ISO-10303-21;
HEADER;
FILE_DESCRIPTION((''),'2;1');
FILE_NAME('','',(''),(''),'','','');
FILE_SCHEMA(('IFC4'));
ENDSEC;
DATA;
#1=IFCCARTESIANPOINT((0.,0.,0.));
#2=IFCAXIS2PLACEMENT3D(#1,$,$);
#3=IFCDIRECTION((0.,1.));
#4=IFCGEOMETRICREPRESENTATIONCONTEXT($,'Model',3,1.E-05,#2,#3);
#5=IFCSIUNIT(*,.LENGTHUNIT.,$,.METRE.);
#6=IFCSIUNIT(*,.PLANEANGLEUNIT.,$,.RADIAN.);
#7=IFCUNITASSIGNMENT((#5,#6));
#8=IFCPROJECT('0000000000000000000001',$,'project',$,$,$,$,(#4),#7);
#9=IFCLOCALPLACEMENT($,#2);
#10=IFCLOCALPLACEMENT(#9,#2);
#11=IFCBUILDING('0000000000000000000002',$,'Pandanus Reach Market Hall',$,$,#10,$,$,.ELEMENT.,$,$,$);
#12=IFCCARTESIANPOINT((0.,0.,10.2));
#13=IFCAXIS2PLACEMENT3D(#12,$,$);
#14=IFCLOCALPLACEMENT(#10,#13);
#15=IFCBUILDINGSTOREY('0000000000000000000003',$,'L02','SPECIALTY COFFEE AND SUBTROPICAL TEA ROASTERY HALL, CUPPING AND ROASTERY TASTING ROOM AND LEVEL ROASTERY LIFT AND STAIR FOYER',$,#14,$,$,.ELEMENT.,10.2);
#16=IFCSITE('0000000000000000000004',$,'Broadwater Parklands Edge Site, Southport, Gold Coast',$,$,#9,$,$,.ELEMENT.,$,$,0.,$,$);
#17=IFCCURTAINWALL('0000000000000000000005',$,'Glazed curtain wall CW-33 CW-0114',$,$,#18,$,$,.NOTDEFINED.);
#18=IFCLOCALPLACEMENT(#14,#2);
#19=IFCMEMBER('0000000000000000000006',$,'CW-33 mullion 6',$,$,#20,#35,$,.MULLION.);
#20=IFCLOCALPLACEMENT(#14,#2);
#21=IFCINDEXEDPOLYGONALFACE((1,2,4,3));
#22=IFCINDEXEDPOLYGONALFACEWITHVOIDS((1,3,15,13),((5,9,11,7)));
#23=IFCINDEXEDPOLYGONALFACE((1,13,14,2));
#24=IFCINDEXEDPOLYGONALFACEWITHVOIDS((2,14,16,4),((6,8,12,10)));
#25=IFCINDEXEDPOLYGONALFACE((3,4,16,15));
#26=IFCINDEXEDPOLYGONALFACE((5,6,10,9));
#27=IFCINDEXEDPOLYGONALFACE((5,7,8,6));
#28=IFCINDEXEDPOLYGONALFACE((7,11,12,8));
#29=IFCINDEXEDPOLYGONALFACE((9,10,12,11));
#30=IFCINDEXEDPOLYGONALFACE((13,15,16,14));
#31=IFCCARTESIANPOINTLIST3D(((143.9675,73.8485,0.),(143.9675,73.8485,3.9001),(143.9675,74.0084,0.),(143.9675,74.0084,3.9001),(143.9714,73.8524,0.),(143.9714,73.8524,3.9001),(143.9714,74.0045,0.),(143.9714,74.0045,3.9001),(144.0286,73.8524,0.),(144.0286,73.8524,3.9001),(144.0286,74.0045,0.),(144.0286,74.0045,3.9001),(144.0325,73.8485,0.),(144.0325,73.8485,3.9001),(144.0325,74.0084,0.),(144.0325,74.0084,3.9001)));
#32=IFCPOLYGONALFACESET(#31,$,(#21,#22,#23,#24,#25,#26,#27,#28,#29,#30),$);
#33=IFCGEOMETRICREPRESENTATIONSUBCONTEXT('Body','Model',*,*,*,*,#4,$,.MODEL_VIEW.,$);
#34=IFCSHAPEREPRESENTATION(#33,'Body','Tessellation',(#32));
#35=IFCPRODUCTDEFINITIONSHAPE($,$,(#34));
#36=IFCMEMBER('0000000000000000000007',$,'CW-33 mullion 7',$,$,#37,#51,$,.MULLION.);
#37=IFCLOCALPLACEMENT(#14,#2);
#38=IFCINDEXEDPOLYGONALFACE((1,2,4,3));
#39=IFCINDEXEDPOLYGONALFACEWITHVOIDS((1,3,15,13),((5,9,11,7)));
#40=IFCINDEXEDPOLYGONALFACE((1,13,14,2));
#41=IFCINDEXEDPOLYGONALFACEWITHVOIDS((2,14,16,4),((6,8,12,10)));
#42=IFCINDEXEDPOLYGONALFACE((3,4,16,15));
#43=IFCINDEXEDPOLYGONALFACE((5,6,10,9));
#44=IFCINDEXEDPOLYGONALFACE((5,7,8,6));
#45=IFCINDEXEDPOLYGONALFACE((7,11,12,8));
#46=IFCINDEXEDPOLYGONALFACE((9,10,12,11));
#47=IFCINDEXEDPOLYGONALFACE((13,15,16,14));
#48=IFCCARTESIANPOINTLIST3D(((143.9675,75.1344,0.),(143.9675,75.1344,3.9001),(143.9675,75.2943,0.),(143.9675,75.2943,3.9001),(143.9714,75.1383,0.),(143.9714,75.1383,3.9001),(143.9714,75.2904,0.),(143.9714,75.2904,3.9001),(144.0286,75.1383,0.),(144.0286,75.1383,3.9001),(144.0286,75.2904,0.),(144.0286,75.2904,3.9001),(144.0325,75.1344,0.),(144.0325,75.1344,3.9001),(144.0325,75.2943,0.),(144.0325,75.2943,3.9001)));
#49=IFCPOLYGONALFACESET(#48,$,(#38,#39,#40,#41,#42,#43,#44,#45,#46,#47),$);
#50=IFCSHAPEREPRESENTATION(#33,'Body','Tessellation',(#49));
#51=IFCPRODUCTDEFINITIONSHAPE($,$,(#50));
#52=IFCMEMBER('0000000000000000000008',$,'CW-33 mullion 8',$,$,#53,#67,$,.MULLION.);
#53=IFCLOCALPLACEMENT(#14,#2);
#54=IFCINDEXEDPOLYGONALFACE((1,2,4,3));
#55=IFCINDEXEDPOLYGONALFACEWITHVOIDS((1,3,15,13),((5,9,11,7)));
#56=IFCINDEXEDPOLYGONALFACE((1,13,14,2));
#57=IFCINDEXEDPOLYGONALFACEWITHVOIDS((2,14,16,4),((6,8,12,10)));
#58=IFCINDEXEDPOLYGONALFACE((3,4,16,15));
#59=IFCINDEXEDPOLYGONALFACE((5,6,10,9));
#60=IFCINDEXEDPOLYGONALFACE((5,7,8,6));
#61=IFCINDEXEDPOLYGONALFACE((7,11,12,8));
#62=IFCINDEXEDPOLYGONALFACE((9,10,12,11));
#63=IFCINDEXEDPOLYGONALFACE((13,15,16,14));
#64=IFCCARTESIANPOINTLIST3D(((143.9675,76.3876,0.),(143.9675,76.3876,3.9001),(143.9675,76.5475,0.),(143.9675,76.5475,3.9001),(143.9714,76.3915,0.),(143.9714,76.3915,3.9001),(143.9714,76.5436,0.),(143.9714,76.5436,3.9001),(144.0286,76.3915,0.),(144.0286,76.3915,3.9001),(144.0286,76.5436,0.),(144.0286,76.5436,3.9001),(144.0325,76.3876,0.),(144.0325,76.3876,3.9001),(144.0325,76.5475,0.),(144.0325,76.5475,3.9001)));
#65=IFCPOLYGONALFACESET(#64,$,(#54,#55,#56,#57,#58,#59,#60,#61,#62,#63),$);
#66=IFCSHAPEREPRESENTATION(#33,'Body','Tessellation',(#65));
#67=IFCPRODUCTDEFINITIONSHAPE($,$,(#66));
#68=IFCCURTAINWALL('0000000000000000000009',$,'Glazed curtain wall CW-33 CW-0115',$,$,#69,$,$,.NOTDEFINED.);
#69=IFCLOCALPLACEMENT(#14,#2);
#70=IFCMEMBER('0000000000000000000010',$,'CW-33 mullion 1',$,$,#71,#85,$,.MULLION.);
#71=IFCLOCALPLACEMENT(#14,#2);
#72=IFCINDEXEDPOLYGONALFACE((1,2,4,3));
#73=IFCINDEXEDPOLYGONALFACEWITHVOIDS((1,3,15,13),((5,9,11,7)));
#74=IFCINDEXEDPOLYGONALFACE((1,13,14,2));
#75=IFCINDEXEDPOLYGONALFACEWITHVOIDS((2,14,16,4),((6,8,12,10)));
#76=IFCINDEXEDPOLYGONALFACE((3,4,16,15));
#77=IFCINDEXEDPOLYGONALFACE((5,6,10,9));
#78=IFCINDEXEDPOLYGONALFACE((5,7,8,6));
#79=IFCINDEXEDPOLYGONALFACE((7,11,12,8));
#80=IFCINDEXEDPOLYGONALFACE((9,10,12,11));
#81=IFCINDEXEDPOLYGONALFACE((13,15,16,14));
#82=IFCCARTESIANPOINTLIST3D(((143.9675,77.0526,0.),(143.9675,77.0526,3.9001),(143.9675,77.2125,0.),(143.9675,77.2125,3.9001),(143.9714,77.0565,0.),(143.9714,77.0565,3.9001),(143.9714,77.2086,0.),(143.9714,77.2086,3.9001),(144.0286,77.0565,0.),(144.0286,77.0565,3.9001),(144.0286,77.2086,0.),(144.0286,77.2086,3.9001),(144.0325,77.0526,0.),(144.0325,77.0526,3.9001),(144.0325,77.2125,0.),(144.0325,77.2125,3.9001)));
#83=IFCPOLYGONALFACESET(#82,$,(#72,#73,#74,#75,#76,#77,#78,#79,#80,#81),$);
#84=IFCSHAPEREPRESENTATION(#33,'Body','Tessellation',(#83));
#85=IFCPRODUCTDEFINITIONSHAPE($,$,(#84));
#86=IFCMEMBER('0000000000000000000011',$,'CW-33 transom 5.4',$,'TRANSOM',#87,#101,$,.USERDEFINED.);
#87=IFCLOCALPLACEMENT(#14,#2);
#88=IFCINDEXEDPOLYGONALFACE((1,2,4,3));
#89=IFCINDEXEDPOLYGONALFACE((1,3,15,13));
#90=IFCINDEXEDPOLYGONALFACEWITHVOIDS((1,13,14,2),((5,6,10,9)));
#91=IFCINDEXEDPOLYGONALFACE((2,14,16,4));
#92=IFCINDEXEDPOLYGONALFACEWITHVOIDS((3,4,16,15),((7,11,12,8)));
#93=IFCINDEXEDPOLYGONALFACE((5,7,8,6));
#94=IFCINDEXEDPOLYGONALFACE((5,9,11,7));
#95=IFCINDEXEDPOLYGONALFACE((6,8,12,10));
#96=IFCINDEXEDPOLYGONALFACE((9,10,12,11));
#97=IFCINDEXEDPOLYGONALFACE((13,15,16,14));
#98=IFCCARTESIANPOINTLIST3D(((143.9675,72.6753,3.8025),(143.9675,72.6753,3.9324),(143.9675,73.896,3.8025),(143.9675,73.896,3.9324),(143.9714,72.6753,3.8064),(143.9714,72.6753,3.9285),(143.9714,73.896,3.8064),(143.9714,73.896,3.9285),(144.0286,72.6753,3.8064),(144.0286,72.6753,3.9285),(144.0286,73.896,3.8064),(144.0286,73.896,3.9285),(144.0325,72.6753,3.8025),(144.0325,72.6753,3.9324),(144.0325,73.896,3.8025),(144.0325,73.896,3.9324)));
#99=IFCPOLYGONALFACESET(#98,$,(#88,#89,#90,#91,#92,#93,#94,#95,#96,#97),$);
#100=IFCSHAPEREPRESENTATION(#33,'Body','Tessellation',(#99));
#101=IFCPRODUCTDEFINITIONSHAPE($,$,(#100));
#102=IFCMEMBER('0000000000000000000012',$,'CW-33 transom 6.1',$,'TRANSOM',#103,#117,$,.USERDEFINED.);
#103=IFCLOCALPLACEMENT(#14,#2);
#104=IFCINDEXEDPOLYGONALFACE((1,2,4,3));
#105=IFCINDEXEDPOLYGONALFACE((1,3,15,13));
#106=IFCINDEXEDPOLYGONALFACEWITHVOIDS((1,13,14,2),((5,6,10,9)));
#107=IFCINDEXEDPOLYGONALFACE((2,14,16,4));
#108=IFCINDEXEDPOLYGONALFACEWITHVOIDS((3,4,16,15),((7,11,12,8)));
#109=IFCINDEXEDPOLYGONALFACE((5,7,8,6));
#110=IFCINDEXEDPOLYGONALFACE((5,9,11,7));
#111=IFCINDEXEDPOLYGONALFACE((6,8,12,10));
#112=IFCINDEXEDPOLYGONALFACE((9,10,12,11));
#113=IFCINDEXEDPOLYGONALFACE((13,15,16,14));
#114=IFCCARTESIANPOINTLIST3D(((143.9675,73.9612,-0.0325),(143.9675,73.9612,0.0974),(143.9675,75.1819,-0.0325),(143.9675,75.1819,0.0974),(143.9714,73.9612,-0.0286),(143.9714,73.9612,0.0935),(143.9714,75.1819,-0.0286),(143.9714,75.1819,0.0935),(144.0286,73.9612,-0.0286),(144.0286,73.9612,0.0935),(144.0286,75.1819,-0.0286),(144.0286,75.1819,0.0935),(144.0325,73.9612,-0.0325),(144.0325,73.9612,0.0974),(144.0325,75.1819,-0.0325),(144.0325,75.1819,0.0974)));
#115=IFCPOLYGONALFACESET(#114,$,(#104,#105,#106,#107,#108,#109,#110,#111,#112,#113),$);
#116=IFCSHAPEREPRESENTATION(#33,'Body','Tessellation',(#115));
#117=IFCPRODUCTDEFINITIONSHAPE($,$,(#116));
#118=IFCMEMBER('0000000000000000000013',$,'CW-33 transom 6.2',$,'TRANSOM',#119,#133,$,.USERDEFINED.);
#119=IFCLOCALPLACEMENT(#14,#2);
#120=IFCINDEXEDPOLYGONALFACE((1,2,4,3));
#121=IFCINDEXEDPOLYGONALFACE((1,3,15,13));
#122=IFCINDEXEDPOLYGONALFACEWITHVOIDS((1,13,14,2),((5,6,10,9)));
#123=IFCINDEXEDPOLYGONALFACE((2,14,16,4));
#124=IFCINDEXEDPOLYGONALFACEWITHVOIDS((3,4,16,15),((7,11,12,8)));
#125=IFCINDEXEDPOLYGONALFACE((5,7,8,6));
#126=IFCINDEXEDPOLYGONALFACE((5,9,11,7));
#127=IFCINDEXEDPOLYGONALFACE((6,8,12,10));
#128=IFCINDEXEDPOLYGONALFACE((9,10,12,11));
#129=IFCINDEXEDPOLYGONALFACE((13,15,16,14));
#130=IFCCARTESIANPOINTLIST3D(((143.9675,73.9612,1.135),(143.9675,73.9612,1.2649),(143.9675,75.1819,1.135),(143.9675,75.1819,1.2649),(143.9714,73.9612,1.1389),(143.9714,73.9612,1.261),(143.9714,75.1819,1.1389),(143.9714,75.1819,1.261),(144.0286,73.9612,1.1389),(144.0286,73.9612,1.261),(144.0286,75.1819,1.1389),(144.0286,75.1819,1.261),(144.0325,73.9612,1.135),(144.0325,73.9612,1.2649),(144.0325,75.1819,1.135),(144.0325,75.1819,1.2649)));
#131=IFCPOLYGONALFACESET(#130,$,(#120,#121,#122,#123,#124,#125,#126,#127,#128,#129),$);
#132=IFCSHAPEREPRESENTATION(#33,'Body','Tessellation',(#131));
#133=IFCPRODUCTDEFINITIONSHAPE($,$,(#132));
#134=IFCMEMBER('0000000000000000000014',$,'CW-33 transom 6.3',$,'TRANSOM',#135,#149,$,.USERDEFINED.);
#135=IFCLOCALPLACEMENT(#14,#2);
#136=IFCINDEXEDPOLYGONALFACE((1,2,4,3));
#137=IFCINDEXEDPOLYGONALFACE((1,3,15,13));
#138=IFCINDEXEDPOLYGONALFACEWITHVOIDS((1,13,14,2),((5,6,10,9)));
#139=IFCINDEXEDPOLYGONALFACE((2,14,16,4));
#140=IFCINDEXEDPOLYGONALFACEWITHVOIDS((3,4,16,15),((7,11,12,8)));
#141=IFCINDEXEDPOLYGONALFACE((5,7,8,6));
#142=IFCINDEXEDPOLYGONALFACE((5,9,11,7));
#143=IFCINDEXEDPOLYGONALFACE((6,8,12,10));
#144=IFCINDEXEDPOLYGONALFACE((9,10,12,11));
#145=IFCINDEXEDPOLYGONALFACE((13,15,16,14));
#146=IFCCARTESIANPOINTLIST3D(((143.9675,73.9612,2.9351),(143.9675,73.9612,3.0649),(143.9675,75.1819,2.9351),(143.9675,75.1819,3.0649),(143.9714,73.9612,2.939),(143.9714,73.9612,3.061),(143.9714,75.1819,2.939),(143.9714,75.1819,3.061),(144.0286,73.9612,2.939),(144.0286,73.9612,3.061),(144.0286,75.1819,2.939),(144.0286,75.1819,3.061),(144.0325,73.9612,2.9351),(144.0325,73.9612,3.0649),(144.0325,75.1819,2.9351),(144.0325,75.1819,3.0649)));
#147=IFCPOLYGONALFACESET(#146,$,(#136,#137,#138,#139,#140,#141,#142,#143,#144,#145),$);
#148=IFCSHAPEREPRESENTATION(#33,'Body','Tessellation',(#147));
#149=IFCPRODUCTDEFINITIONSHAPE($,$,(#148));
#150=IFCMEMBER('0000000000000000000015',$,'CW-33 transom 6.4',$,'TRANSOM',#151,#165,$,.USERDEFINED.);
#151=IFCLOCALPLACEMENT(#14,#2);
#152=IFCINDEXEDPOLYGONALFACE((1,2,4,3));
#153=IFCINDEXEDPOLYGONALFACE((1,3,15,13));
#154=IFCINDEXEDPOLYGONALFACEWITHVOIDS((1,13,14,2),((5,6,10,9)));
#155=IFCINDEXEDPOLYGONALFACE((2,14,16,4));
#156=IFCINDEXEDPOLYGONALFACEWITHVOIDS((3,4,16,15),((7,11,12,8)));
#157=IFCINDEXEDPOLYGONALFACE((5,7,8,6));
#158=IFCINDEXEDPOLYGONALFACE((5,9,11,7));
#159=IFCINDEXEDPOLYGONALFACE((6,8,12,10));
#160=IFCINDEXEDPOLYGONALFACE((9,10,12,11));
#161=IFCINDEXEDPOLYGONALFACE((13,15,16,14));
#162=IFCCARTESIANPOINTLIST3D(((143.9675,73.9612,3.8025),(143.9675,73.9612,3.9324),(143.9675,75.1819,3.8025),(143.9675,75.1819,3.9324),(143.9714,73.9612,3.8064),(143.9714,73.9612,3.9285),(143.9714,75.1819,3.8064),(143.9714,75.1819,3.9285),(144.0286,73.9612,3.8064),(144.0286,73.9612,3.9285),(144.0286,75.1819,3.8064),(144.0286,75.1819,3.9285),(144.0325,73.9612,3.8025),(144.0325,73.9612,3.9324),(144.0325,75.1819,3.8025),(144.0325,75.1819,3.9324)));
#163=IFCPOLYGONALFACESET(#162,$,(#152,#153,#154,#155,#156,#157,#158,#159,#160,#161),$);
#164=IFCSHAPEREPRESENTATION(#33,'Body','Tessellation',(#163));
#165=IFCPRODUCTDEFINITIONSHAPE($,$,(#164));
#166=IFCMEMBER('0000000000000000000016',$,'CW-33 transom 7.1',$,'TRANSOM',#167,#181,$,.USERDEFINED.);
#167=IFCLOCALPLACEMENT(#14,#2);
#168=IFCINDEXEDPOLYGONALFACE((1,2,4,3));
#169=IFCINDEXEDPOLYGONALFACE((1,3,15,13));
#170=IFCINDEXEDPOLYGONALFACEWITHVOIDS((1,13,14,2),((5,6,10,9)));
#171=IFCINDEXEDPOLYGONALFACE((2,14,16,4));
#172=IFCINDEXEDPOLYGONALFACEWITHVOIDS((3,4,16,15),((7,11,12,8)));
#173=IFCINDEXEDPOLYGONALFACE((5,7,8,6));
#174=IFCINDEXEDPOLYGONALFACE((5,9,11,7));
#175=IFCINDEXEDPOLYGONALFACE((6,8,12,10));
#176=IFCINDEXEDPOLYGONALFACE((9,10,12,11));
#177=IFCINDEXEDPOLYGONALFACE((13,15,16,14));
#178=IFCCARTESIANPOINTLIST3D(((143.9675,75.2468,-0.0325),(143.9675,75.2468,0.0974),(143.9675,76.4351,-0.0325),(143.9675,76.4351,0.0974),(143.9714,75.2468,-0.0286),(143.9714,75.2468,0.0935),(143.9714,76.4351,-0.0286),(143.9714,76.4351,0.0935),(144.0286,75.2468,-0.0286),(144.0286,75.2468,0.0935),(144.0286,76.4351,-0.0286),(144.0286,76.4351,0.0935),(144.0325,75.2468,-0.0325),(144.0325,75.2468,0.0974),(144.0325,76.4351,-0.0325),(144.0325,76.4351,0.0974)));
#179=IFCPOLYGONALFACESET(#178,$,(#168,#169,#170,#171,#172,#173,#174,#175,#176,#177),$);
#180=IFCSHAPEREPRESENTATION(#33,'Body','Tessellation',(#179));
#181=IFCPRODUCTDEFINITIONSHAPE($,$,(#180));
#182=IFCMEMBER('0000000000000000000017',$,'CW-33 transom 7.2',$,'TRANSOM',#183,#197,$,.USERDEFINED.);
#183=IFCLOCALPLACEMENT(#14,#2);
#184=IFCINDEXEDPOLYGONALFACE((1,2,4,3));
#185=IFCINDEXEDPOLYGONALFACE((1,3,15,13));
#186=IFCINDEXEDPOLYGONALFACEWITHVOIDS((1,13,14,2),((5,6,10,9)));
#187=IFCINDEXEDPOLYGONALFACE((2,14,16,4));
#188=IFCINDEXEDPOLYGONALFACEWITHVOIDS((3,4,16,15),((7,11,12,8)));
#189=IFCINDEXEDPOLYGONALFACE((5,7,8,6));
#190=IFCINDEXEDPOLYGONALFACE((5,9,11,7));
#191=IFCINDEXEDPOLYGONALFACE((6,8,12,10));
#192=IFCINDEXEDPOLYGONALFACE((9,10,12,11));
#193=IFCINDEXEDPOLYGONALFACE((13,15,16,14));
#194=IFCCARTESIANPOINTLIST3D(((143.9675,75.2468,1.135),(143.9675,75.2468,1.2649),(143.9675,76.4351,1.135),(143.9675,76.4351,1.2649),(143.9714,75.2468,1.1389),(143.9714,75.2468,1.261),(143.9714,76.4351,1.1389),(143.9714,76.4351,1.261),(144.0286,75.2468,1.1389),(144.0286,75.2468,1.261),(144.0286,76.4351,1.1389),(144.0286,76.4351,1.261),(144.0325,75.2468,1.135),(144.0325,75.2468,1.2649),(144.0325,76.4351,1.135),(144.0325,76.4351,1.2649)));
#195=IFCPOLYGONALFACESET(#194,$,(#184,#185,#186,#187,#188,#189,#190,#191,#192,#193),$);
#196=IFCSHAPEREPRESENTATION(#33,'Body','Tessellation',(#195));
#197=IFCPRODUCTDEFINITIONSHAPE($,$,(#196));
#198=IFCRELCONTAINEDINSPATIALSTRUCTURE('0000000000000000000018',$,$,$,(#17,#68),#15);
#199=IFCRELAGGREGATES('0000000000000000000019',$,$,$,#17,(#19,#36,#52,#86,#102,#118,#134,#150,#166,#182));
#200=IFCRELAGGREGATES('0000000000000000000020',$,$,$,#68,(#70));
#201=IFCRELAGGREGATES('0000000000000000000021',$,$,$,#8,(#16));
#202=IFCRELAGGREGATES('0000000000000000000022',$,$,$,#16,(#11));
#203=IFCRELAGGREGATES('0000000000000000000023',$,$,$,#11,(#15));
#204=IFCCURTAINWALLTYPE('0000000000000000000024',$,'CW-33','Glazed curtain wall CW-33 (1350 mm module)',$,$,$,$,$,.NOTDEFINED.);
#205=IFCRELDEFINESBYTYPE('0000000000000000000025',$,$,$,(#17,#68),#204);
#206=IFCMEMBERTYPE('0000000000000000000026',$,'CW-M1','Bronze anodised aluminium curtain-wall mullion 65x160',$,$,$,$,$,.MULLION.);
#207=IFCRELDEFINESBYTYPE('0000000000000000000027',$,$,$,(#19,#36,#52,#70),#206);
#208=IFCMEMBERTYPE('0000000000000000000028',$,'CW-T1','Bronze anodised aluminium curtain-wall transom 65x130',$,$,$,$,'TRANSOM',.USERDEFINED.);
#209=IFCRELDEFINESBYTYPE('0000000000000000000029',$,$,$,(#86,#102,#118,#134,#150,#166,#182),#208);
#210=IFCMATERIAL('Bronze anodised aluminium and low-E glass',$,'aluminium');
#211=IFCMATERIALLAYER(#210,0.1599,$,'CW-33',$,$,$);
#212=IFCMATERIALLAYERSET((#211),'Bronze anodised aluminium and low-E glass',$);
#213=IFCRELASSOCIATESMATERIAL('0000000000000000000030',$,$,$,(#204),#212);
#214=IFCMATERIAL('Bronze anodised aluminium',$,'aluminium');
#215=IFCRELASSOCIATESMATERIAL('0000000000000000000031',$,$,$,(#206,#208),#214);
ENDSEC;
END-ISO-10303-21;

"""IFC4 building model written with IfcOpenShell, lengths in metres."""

from ifc_helpers import new_model, si_unit, direction, frame, origin, origin_2d, place, context, subcontext, project, spatial, hollow_rectangle, extrude, material, layer, layer_set, material_profile, profile_set, type_object, element, aggregate, save


model = new_model("IFC4")

# Units and contexts
model_context = context("Model", 3, precision=1e-05, world=origin(), true_north=direction((0.0, 1.0)))
body_context = subcontext(model_context, "Body", "Model", "MODEL_VIEW")
ifc_project = project(units=[si_unit("LENGTHUNIT", "METRE"), si_unit("PLANEANGLEUNIT", "RADIAN")], contexts=[model_context])

# Site, building, storey
site_placement = place(None, origin())
site = spatial("IfcSite", under=ifc_project, at=site_placement, Name="Broadwater Parklands Edge Site, Southport, Gold Coast", CompositionType="ELEMENT", RefElevation=0.0)
building_placement = place(site_placement, origin())
building = spatial("IfcBuilding", under=site, at=building_placement, Name="Pandanus Reach Market Hall", CompositionType="ELEMENT")
storey_placement = place(building_placement, frame((0.0, 0.0, 10.2)))
storey = spatial("IfcBuildingStorey", under=building, at=storey_placement, Name="L02", Description="SPECIALTY COFFEE AND SUBTROPICAL TEA ROASTERY HALL, CUPPING AND ROASTERY TASTING ROOM AND LEVEL ROASTERY LIFT AND STAIR FOYER", CompositionType="ELEMENT", Elevation=10.2)

# Curtain wall, members
ifc_material_1 = material(Name="Bronze anodised aluminium and low-E glass", Category="aluminium")
ifc_layer_1 = layer(ifc_material_1, 0.1599, Name="CW-33")
ifc_layer_set_1 = layer_set([ifc_layer_1], Name="Bronze anodised aluminium and low-E glass")
curtain_wall_type = type_object("IfcCurtainWallType", Name="CW-33", Description="Glazed curtain wall CW-33 (1350 mm module)", PredefinedType="NOTDEFINED", material=ifc_layer_set_1)
curtain_wall_1_placement = place(storey_placement, origin())
curtain_wall_1 = element("IfcCurtainWall", 1, at=curtain_wall_1_placement, inside=storey, type_object=curtain_wall_type, Name="Glazed curtain wall CW-33 CW-0114", PredefinedType="NOTDEFINED")
ifc_material_2 = material(Name="Bronze anodised aluminium", Category="aluminium")
ifc_material_profile_1 = material_profile(ifc_material_2, hollow_rectangle(XDim=0.0649, YDim=0.1599, WallThickness=0.0039, at=origin_2d()), Name="ALU65x160", Category="LoadBearing")
ifc_profile_set_1 = profile_set([ifc_material_profile_1], Name="Bronze anodised aluminium")
member_type_1 = type_object("IfcMemberType", Name="CW-M1", Description="Bronze anodised aluminium curtain-wall mullion 65x160", PredefinedType="MULLION", material=ifc_profile_set_1)
member_1_placement = place(storey_placement, frame((144.0, 73.9285, 0.0), z_axis=(0.0, 0.0, 1.0), x_axis=(-1.0, 0.0, 0.0)))
member_1 = element("IfcMember", 2, at=member_1_placement, type_object=member_type_1, Name="CW-33 mullion 6", PredefinedType="MULLION", context=body_context, shape_type="SweptSolid", body=[
    extrude(hollow_rectangle(XDim=0.0649, YDim=0.1599, WallThickness=0.0039, at=origin_2d()), origin(), (0.0, 0.0, 1.0), 3.9001),
])
member_2_placement = place(storey_placement, frame((144.0, 75.2144, 0.0), z_axis=(0.0, 0.0, 1.0), x_axis=(-1.0, 0.0, 0.0)))
member_2 = element("IfcMember", 3, at=member_2_placement, type_object=member_type_1, Name="CW-33 mullion 7", PredefinedType="MULLION", context=body_context, shape_type="SweptSolid", body=[
    extrude(hollow_rectangle(XDim=0.0649, YDim=0.1599, WallThickness=0.0039, at=origin_2d()), origin(), (0.0, 0.0, 1.0), 3.9001),
])
member_3_placement = place(storey_placement, frame((144.0, 76.4675, 0.0), z_axis=(0.0, 0.0, 1.0), x_axis=(-1.0, 0.0, 0.0)))
member_3 = element("IfcMember", 4, at=member_3_placement, type_object=member_type_1, Name="CW-33 mullion 8", PredefinedType="MULLION", context=body_context, shape_type="SweptSolid", body=[
    extrude(hollow_rectangle(XDim=0.0649, YDim=0.1599, WallThickness=0.0039, at=origin_2d()), origin(), (0.0, 0.0, 1.0), 3.9001),
])

# Curtain wall, member
curtain_wall_2_placement = place(storey_placement, origin())
curtain_wall_2 = element("IfcCurtainWall", 5, at=curtain_wall_2_placement, inside=storey, type_object=curtain_wall_type, Name="Glazed curtain wall CW-33 CW-0115", PredefinedType="NOTDEFINED")
member_4_placement = place(storey_placement, frame((144.0, 77.1326, 0.0), z_axis=(0.0, 0.0, 1.0), x_axis=(-1.0, 0.0, 0.0)))
member_4 = element("IfcMember", 6, at=member_4_placement, type_object=member_type_1, Name="CW-33 mullion 1", PredefinedType="MULLION", context=body_context, shape_type="SweptSolid", body=[
    extrude(hollow_rectangle(XDim=0.0649, YDim=0.1599, WallThickness=0.0039, at=origin_2d()), origin(), (0.0, 0.0, 1.0), 3.9001),
])

# Members
ifc_material_profile_2 = material_profile(ifc_material_2, hollow_rectangle(XDim=0.0649, YDim=0.1299, WallThickness=0.0039, at=origin_2d()), Name="ALU65x130", Category="LoadBearing")
ifc_profile_set_2 = profile_set([ifc_material_profile_2], Name="Bronze anodised aluminium")
member_type_2 = type_object("IfcMemberType", Name="CW-T1", Description="Bronze anodised aluminium curtain-wall transom 65x130", ElementType="TRANSOM", PredefinedType="USERDEFINED", material=ifc_profile_set_2)
member_5_placement = place(storey_placement, frame((144.0, 72.6753, 3.8674), z_axis=(0.0, 1.0, 0.0), x_axis=(-1.0, 0.0, 0.0)))
member_5 = element("IfcMember", 7, at=member_5_placement, type_object=member_type_2, Name="CW-33 transom 5.4", ObjectType="TRANSOM", PredefinedType="USERDEFINED", context=body_context, shape_type="SweptSolid", body=[
    extrude(hollow_rectangle(XDim=0.0649, YDim=0.1299, WallThickness=0.0039, at=origin_2d()), origin(), (0.0, 0.0, 1.0), 1.2207),
])
member_6_placement = place(storey_placement, frame((144.0, 73.9612, 0.0325), z_axis=(0.0, 1.0, 0.0), x_axis=(-1.0, 0.0, 0.0)))
member_6 = element("IfcMember", 8, at=member_6_placement, type_object=member_type_2, Name="CW-33 transom 6.1", ObjectType="TRANSOM", PredefinedType="USERDEFINED", context=body_context, shape_type="SweptSolid", body=[
    extrude(hollow_rectangle(XDim=0.0649, YDim=0.1299, WallThickness=0.0039, at=origin_2d()), origin(), (0.0, 0.0, 1.0), 1.2207),
])
member_7_placement = place(storey_placement, frame((144.0, 73.9612, 1.2), z_axis=(0.0, 1.0, 0.0), x_axis=(-1.0, 0.0, 0.0)))
member_7 = element("IfcMember", 9, at=member_7_placement, type_object=member_type_2, Name="CW-33 transom 6.2", ObjectType="TRANSOM", PredefinedType="USERDEFINED", context=body_context, shape_type="SweptSolid", body=[
    extrude(hollow_rectangle(XDim=0.0649, YDim=0.1299, WallThickness=0.0039, at=origin_2d()), origin(), (0.0, 0.0, 1.0), 1.2207),
])
member_8_placement = place(storey_placement, frame((144.0, 73.9612, 3.0), z_axis=(0.0, 1.0, 0.0), x_axis=(-1.0, 0.0, 0.0)))
member_8 = element("IfcMember", 10, at=member_8_placement, type_object=member_type_2, Name="CW-33 transom 6.3", ObjectType="TRANSOM", PredefinedType="USERDEFINED", context=body_context, shape_type="SweptSolid", body=[
    extrude(hollow_rectangle(XDim=0.0649, YDim=0.1299, WallThickness=0.0039, at=origin_2d()), origin(), (0.0, 0.0, 1.0), 1.2207),
])
member_9_placement = place(storey_placement, frame((144.0, 73.9612, 3.8674), z_axis=(0.0, 1.0, 0.0), x_axis=(-1.0, 0.0, 0.0)))
member_9 = element("IfcMember", 11, at=member_9_placement, type_object=member_type_2, Name="CW-33 transom 6.4", ObjectType="TRANSOM", PredefinedType="USERDEFINED", context=body_context, shape_type="SweptSolid", body=[
    extrude(hollow_rectangle(XDim=0.0649, YDim=0.1299, WallThickness=0.0039, at=origin_2d()), origin(), (0.0, 0.0, 1.0), 1.2207),
])
member_10_placement = place(storey_placement, frame((144.0, 75.2468, 0.0325), z_axis=(0.0, 1.0, 0.0), x_axis=(-1.0, 0.0, 0.0)))
member_10 = element("IfcMember", 12, at=member_10_placement, type_object=member_type_2, Name="CW-33 transom 7.1", ObjectType="TRANSOM", PredefinedType="USERDEFINED", context=body_context, shape_type="SweptSolid", body=[
    extrude(hollow_rectangle(XDim=0.0649, YDim=0.1299, WallThickness=0.0039, at=origin_2d()), origin(), (0.0, 0.0, 1.0), 1.1882),
])
member_11_placement = place(storey_placement, frame((144.0, 75.2468, 1.2), z_axis=(0.0, 1.0, 0.0), x_axis=(-1.0, 0.0, 0.0)))
member_11 = element("IfcMember", 13, at=member_11_placement, type_object=member_type_2, Name="CW-33 transom 7.2", ObjectType="TRANSOM", PredefinedType="USERDEFINED", context=body_context, shape_type="SweptSolid", body=[
    extrude(hollow_rectangle(XDim=0.0649, YDim=0.1299, WallThickness=0.0039, at=origin_2d()), origin(), (0.0, 0.0, 1.0), 1.1882),
])

aggregate(curtain_wall_1, [member_1, member_2, member_3, member_5, member_6, member_7, member_8, member_9, member_10, member_11])
aggregate(curtain_wall_2, [member_4])

save(model, "model.ifc")
